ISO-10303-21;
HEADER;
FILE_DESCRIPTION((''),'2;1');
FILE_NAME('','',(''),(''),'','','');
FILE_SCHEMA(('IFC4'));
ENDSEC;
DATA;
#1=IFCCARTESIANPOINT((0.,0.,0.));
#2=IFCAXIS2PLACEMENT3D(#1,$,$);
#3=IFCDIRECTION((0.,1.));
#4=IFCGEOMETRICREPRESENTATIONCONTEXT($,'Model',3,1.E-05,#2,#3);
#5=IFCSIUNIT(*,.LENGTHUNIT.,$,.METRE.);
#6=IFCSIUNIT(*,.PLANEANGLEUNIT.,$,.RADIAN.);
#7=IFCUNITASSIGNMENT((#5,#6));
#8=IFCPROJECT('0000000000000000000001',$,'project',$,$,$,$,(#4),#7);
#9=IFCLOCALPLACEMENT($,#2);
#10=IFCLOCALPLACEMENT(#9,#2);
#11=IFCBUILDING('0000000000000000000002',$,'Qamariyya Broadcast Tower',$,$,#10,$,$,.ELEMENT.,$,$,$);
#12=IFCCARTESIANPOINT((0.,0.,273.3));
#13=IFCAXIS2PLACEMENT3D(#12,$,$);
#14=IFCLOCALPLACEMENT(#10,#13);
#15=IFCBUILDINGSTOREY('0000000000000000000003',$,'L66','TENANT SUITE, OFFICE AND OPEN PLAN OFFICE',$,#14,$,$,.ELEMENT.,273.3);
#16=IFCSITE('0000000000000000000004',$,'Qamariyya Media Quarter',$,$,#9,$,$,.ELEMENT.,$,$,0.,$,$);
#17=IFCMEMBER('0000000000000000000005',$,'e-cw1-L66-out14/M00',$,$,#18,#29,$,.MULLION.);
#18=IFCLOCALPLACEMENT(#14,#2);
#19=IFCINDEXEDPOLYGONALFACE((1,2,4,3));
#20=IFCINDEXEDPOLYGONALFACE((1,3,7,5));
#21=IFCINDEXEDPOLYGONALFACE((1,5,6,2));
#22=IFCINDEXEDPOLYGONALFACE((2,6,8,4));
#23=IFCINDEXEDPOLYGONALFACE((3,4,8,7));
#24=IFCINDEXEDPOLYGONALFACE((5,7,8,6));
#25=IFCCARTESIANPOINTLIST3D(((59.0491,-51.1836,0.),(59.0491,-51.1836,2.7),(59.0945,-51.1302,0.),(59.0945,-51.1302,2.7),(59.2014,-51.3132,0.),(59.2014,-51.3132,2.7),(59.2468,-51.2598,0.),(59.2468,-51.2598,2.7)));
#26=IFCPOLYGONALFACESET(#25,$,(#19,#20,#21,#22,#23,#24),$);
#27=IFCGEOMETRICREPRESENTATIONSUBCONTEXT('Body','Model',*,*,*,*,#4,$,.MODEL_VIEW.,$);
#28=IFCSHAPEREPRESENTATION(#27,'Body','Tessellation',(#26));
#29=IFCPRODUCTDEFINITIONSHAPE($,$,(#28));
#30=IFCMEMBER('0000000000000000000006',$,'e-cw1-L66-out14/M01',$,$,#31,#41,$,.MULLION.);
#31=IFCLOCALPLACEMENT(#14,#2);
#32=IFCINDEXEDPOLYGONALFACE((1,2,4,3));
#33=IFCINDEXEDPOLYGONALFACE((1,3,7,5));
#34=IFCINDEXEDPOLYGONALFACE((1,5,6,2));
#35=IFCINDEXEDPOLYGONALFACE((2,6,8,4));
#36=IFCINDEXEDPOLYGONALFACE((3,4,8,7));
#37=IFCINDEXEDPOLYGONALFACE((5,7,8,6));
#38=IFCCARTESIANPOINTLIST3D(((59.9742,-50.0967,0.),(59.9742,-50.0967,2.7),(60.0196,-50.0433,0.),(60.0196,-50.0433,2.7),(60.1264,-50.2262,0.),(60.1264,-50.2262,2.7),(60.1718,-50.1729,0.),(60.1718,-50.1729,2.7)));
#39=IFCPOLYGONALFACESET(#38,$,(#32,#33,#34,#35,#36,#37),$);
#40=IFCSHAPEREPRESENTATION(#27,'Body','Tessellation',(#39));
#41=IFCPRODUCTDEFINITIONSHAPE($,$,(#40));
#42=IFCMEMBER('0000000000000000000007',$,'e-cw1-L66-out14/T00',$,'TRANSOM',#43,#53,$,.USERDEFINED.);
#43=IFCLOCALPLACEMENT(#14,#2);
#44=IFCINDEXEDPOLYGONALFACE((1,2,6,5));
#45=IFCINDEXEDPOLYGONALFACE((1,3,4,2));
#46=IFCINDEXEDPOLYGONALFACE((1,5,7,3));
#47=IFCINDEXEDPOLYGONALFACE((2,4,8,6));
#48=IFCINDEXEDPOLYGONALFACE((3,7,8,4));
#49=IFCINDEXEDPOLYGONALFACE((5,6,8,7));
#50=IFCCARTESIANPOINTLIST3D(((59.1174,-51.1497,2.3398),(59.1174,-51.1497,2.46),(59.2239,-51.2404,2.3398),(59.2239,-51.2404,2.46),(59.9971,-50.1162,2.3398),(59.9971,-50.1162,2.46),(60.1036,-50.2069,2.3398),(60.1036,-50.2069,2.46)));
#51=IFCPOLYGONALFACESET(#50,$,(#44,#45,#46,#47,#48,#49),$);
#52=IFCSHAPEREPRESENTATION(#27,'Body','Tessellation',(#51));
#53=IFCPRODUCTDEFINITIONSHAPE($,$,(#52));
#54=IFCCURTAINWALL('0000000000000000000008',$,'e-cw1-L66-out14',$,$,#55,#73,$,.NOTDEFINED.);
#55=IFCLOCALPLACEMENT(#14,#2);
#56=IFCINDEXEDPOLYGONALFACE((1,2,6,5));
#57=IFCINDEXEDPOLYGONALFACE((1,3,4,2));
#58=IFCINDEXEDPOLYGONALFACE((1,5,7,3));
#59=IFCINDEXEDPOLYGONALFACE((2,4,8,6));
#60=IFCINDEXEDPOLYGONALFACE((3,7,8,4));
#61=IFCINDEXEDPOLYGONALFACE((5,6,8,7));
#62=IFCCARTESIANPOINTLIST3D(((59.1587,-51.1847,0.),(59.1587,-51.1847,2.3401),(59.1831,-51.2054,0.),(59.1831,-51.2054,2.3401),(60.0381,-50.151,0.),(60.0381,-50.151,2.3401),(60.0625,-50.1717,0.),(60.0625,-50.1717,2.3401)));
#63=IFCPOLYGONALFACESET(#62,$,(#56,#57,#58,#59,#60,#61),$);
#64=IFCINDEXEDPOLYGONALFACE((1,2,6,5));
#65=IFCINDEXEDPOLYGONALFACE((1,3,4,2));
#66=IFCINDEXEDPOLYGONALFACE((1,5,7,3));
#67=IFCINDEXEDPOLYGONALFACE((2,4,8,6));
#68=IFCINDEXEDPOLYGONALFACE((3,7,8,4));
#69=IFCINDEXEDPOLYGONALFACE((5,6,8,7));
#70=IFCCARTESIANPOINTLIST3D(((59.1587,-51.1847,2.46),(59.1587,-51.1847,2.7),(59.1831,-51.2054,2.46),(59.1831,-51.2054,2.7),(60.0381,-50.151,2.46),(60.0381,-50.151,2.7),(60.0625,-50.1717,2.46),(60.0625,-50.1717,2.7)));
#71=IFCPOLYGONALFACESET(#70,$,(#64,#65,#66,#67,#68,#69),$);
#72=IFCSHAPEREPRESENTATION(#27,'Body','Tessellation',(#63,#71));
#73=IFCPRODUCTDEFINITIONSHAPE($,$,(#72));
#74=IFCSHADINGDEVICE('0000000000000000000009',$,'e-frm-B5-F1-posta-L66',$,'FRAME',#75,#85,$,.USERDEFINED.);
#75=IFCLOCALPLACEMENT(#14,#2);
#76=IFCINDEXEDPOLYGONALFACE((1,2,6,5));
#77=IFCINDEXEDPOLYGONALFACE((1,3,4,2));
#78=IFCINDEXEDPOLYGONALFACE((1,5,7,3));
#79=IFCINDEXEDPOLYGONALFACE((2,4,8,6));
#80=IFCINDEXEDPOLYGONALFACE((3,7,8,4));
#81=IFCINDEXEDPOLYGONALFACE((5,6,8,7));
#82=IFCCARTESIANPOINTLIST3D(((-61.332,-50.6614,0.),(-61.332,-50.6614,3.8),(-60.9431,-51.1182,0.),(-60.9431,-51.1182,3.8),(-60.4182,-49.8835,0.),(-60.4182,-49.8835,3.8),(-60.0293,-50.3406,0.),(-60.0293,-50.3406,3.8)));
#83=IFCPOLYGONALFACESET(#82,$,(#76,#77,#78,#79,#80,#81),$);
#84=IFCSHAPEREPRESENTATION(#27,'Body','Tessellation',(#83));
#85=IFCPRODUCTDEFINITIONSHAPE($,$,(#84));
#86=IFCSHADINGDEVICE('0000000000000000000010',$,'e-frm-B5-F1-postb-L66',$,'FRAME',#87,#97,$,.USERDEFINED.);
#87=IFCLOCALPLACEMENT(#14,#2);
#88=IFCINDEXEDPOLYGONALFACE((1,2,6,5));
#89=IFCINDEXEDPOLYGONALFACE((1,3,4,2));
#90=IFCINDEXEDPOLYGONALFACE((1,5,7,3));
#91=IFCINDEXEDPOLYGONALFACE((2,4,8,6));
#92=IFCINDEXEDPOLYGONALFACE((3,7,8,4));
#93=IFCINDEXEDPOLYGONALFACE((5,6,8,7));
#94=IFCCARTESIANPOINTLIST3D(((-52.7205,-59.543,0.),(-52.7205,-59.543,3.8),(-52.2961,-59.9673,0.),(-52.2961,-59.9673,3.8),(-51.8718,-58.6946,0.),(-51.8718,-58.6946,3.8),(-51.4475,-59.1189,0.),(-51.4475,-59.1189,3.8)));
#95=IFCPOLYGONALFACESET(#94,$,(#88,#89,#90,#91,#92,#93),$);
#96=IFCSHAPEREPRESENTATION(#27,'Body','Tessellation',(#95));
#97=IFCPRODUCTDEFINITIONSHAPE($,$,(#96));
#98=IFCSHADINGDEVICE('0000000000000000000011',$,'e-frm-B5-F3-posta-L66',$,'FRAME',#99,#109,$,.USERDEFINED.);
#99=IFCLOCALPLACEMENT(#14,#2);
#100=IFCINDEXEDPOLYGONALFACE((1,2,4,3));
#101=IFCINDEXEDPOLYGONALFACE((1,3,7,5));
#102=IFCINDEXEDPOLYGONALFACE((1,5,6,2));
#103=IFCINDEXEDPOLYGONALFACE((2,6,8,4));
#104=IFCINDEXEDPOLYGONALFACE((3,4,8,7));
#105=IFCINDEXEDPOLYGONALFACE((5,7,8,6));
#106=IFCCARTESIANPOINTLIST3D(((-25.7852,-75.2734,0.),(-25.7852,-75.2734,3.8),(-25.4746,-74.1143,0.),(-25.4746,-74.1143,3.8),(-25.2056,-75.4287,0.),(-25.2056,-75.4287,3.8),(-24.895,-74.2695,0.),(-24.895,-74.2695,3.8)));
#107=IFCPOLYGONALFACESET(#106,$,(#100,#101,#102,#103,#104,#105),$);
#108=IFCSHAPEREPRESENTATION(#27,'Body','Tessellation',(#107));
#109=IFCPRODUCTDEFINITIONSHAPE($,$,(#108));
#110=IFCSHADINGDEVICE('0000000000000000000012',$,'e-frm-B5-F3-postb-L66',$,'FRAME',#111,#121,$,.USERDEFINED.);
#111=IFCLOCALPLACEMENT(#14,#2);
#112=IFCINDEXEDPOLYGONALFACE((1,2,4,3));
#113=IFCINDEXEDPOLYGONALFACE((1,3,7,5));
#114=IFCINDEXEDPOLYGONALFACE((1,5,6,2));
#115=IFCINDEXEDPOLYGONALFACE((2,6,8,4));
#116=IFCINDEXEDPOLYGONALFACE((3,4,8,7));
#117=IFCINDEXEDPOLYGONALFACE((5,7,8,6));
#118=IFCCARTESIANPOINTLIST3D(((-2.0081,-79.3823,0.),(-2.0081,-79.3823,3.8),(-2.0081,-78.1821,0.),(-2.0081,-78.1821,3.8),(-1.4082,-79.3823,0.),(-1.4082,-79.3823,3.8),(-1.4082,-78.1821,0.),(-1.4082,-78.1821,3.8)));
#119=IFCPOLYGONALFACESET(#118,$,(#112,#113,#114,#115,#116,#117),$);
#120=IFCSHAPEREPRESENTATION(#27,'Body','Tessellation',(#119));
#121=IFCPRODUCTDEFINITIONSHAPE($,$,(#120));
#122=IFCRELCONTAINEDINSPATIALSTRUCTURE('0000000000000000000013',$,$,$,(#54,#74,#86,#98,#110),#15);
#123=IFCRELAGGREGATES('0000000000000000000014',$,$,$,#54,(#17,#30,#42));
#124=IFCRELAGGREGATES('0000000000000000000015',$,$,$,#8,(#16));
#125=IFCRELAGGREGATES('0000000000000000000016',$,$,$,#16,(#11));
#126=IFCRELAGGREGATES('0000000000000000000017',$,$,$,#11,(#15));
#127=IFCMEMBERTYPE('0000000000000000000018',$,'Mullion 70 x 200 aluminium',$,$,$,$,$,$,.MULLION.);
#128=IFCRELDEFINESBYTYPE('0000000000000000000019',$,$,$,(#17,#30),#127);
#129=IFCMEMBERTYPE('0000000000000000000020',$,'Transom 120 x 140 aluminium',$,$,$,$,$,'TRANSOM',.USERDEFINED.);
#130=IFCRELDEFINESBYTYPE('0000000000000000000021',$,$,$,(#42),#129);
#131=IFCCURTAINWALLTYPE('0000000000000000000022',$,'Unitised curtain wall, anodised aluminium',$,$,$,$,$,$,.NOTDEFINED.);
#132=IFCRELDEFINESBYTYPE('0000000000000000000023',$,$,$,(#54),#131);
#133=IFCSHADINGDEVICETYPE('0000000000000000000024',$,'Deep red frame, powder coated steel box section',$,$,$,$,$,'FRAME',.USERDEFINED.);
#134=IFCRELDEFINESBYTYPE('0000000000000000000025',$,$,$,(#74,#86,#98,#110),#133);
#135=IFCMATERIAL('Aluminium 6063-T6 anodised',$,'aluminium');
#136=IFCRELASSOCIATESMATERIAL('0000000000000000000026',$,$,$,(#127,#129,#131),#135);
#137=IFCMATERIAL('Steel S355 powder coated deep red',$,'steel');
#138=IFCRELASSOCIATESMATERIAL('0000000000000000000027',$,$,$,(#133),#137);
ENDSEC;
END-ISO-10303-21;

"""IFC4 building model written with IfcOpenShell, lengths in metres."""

from ifc_helpers import new_model, si_unit, direction, frame, origin, origin_2d, place, context, subcontext, project, spatial, polyline, rectangle, outline, extrude, material, material_profile, profile_set, type_object, element, aggregate, save


model = new_model("IFC4")

# Units and contexts
model_context = context("Model", 3, precision=1e-05, world=origin(), true_north=direction((0.0, 1.0)))
body_context = subcontext(model_context, "Body", "Model", "MODEL_VIEW")
ifc_project = project(units=[si_unit("LENGTHUNIT", "METRE"), si_unit("PLANEANGLEUNIT", "RADIAN")], contexts=[model_context])

# Members
ifc_material_1 = material(Name="Aluminium 6063-T6 anodised", Category="aluminium")
ifc_material_profile_1 = material_profile(ifc_material_1, rectangle(XDim=0.2, YDim=0.0701, at=origin_2d()))
ifc_profile_set_1 = profile_set([ifc_material_profile_1], Name="Aluminium 6063-T6 anodised")
member_type_1 = type_object("IfcMemberType", Name="Mullion 70 x 200 aluminium", PredefinedType="MULLION", material=ifc_profile_set_1)
site_placement = place(None, origin())
building_placement = place(site_placement, origin())
storey_placement = place(building_placement, frame((0.0, 0.0, 273.3)))
member_1_placement = place(storey_placement, frame((59.1479, -51.2217, 0.0), z_axis=(0.0, 0.0, 1.0), x_axis=(-0.76157, 0.648083, 0.0)))
member_1 = element("IfcMember", 1, at=member_1_placement, type_object=member_type_1, Name="e-cw1-L66-out14/M00", PredefinedType="MULLION", context=body_context, shape_type="SweptSolid", body=[
    extrude(rectangle(XDim=0.2, YDim=0.0701, at=origin_2d()), origin(), (0.0, 0.0, 1.0), 2.7),
])
member_2_placement = place(storey_placement, frame((60.073, -50.1348, 0.0), z_axis=(0.0, 0.0, 1.0), x_axis=(-0.76157, 0.648083, 0.0)))
member_2 = element("IfcMember", 2, at=member_2_placement, type_object=member_type_1, Name="e-cw1-L66-out14/M01", PredefinedType="MULLION", context=body_context, shape_type="SweptSolid", body=[
    extrude(rectangle(XDim=0.2, YDim=0.0701, at=origin_2d()), origin(), (0.0, 0.0, 1.0), 2.7),
])
ifc_material_profile_2 = material_profile(ifc_material_1, rectangle(XDim=0.1399, YDim=0.1201, at=origin_2d()))
ifc_profile_set_2 = profile_set([ifc_material_profile_2], Name="Aluminium 6063-T6 anodised")
member_type_2 = type_object("IfcMemberType", Name="Transom 120 x 140 aluminium", ElementType="TRANSOM", PredefinedType="USERDEFINED", material=ifc_profile_set_2)
member_3_placement = place(storey_placement, frame((59.1707, -51.1951, 2.3999), z_axis=(0.648165, 0.7615, 0.0), x_axis=(-0.7615, 0.648165, 0.0)))
member_3 = element("IfcMember", 3, at=member_3_placement, type_object=member_type_2, Name="e-cw1-L66-out14/T00", ObjectType="TRANSOM", PredefinedType="USERDEFINED", context=body_context, shape_type="SweptSolid", body=[
    extrude(rectangle(XDim=0.1399, YDim=0.1201, at=origin_2d()), origin(), (0.0, 0.0, 1.0), 1.3572),
])

# Site, building, storey
site = spatial("IfcSite", under=ifc_project, at=site_placement, Name="Qamariyya Media Quarter", CompositionType="ELEMENT", RefElevation=0.0)
building = spatial("IfcBuilding", under=site, at=building_placement, Name="Qamariyya Broadcast Tower", CompositionType="ELEMENT")
storey = spatial("IfcBuildingStorey", under=building, at=storey_placement, Name="L66", Description="TENANT SUITE, OFFICE AND OPEN PLAN OFFICE", CompositionType="ELEMENT", Elevation=273.3)

# Curtain wall
curtain_wall_type = type_object("IfcCurtainWallType", Name="Unitised curtain wall, anodised aluminium", PredefinedType="NOTDEFINED", material=ifc_material_1)
curtain_wall_1_placement = place(storey_placement, origin())
curtain_wall_1 = element("IfcCurtainWall", 4, at=curtain_wall_1_placement, inside=storey, type_object=curtain_wall_type, Name="e-cw1-L66-out14", PredefinedType="NOTDEFINED", context=body_context, shape_type="SweptSolid", body=[
    extrude(rectangle(XDim=1.3572, YDim=0.032, at=origin_2d()), frame((59.6106, -50.6782, 0.0), x_axis=(0.647994, 0.761646, 0.0)), (0.0, 0.0, 1.0), 2.3401),
    extrude(rectangle(XDim=1.3572, YDim=0.032, at=origin_2d()), frame((59.6106, -50.6782, 2.46), x_axis=(0.647994, 0.761646, 0.0)), (0.0, 0.0, 1.0), 0.24),
])
aggregate(curtain_wall_1, [member_1, member_2, member_3])

# Shading devices
ifc_material_2 = material(Name="Steel S355 powder coated deep red", Category="steel")
shading_device_type = type_object("IfcShadingDeviceType", Name="Deep red frame, powder coated steel box section", ElementType="FRAME", PredefinedType="USERDEFINED", material=ifc_material_2)
shading_device_1_placement = place(storey_placement, origin())
element("IfcShadingDevice", 5, at=shading_device_1_placement, inside=storey, type_object=shading_device_type, Name="e-frm-B5-F1-posta-L66", ObjectType="FRAME", PredefinedType="USERDEFINED", context=body_context, shape_type="SweptSolid", body=[
    extrude(outline(polyline([(-60.4182, -49.8835), (-61.332, -50.6614), (-60.9431, -51.1182), (-60.0293, -50.3406), (-60.4182, -49.8835)])), origin(), (0.0, 0.0, 1.0), 3.8),
])
shading_device_2_placement = place(storey_placement, origin())
element("IfcShadingDevice", 6, at=shading_device_2_placement, inside=storey, type_object=shading_device_type, Name="e-frm-B5-F1-postb-L66", ObjectType="FRAME", PredefinedType="USERDEFINED", context=body_context, shape_type="SweptSolid", body=[
    extrude(outline(polyline([(-51.8718, -58.6946), (-52.7205, -59.543), (-52.2961, -59.9673), (-51.4475, -59.1189), (-51.8718, -58.6946)])), origin(), (0.0, 0.0, 1.0), 3.8),
])
shading_device_3_placement = place(storey_placement, origin())
element("IfcShadingDevice", 7, at=shading_device_3_placement, inside=storey, type_object=shading_device_type, Name="e-frm-B5-F3-posta-L66", ObjectType="FRAME", PredefinedType="USERDEFINED", context=body_context, shape_type="SweptSolid", body=[
    extrude(outline(polyline([(-25.4746, -74.1143), (-25.7852, -75.2734), (-25.2056, -75.4287), (-24.895, -74.2695), (-25.4746, -74.1143)])), origin(), (0.0, 0.0, 1.0), 3.8),
])
shading_device_4_placement = place(storey_placement, origin())
element("IfcShadingDevice", 8, at=shading_device_4_placement, inside=storey, type_object=shading_device_type, Name="e-frm-B5-F3-postb-L66", ObjectType="FRAME", PredefinedType="USERDEFINED", context=body_context, shape_type="SweptSolid", body=[
    extrude(outline(polyline([(-2.0081, -78.1821), (-2.0081, -79.3823), (-1.4082, -79.3823), (-1.4082, -78.1821), (-2.0081, -78.1821)])), origin(), (0.0, 0.0, 1.0), 3.8),
])

save(model, "model.ifc")
